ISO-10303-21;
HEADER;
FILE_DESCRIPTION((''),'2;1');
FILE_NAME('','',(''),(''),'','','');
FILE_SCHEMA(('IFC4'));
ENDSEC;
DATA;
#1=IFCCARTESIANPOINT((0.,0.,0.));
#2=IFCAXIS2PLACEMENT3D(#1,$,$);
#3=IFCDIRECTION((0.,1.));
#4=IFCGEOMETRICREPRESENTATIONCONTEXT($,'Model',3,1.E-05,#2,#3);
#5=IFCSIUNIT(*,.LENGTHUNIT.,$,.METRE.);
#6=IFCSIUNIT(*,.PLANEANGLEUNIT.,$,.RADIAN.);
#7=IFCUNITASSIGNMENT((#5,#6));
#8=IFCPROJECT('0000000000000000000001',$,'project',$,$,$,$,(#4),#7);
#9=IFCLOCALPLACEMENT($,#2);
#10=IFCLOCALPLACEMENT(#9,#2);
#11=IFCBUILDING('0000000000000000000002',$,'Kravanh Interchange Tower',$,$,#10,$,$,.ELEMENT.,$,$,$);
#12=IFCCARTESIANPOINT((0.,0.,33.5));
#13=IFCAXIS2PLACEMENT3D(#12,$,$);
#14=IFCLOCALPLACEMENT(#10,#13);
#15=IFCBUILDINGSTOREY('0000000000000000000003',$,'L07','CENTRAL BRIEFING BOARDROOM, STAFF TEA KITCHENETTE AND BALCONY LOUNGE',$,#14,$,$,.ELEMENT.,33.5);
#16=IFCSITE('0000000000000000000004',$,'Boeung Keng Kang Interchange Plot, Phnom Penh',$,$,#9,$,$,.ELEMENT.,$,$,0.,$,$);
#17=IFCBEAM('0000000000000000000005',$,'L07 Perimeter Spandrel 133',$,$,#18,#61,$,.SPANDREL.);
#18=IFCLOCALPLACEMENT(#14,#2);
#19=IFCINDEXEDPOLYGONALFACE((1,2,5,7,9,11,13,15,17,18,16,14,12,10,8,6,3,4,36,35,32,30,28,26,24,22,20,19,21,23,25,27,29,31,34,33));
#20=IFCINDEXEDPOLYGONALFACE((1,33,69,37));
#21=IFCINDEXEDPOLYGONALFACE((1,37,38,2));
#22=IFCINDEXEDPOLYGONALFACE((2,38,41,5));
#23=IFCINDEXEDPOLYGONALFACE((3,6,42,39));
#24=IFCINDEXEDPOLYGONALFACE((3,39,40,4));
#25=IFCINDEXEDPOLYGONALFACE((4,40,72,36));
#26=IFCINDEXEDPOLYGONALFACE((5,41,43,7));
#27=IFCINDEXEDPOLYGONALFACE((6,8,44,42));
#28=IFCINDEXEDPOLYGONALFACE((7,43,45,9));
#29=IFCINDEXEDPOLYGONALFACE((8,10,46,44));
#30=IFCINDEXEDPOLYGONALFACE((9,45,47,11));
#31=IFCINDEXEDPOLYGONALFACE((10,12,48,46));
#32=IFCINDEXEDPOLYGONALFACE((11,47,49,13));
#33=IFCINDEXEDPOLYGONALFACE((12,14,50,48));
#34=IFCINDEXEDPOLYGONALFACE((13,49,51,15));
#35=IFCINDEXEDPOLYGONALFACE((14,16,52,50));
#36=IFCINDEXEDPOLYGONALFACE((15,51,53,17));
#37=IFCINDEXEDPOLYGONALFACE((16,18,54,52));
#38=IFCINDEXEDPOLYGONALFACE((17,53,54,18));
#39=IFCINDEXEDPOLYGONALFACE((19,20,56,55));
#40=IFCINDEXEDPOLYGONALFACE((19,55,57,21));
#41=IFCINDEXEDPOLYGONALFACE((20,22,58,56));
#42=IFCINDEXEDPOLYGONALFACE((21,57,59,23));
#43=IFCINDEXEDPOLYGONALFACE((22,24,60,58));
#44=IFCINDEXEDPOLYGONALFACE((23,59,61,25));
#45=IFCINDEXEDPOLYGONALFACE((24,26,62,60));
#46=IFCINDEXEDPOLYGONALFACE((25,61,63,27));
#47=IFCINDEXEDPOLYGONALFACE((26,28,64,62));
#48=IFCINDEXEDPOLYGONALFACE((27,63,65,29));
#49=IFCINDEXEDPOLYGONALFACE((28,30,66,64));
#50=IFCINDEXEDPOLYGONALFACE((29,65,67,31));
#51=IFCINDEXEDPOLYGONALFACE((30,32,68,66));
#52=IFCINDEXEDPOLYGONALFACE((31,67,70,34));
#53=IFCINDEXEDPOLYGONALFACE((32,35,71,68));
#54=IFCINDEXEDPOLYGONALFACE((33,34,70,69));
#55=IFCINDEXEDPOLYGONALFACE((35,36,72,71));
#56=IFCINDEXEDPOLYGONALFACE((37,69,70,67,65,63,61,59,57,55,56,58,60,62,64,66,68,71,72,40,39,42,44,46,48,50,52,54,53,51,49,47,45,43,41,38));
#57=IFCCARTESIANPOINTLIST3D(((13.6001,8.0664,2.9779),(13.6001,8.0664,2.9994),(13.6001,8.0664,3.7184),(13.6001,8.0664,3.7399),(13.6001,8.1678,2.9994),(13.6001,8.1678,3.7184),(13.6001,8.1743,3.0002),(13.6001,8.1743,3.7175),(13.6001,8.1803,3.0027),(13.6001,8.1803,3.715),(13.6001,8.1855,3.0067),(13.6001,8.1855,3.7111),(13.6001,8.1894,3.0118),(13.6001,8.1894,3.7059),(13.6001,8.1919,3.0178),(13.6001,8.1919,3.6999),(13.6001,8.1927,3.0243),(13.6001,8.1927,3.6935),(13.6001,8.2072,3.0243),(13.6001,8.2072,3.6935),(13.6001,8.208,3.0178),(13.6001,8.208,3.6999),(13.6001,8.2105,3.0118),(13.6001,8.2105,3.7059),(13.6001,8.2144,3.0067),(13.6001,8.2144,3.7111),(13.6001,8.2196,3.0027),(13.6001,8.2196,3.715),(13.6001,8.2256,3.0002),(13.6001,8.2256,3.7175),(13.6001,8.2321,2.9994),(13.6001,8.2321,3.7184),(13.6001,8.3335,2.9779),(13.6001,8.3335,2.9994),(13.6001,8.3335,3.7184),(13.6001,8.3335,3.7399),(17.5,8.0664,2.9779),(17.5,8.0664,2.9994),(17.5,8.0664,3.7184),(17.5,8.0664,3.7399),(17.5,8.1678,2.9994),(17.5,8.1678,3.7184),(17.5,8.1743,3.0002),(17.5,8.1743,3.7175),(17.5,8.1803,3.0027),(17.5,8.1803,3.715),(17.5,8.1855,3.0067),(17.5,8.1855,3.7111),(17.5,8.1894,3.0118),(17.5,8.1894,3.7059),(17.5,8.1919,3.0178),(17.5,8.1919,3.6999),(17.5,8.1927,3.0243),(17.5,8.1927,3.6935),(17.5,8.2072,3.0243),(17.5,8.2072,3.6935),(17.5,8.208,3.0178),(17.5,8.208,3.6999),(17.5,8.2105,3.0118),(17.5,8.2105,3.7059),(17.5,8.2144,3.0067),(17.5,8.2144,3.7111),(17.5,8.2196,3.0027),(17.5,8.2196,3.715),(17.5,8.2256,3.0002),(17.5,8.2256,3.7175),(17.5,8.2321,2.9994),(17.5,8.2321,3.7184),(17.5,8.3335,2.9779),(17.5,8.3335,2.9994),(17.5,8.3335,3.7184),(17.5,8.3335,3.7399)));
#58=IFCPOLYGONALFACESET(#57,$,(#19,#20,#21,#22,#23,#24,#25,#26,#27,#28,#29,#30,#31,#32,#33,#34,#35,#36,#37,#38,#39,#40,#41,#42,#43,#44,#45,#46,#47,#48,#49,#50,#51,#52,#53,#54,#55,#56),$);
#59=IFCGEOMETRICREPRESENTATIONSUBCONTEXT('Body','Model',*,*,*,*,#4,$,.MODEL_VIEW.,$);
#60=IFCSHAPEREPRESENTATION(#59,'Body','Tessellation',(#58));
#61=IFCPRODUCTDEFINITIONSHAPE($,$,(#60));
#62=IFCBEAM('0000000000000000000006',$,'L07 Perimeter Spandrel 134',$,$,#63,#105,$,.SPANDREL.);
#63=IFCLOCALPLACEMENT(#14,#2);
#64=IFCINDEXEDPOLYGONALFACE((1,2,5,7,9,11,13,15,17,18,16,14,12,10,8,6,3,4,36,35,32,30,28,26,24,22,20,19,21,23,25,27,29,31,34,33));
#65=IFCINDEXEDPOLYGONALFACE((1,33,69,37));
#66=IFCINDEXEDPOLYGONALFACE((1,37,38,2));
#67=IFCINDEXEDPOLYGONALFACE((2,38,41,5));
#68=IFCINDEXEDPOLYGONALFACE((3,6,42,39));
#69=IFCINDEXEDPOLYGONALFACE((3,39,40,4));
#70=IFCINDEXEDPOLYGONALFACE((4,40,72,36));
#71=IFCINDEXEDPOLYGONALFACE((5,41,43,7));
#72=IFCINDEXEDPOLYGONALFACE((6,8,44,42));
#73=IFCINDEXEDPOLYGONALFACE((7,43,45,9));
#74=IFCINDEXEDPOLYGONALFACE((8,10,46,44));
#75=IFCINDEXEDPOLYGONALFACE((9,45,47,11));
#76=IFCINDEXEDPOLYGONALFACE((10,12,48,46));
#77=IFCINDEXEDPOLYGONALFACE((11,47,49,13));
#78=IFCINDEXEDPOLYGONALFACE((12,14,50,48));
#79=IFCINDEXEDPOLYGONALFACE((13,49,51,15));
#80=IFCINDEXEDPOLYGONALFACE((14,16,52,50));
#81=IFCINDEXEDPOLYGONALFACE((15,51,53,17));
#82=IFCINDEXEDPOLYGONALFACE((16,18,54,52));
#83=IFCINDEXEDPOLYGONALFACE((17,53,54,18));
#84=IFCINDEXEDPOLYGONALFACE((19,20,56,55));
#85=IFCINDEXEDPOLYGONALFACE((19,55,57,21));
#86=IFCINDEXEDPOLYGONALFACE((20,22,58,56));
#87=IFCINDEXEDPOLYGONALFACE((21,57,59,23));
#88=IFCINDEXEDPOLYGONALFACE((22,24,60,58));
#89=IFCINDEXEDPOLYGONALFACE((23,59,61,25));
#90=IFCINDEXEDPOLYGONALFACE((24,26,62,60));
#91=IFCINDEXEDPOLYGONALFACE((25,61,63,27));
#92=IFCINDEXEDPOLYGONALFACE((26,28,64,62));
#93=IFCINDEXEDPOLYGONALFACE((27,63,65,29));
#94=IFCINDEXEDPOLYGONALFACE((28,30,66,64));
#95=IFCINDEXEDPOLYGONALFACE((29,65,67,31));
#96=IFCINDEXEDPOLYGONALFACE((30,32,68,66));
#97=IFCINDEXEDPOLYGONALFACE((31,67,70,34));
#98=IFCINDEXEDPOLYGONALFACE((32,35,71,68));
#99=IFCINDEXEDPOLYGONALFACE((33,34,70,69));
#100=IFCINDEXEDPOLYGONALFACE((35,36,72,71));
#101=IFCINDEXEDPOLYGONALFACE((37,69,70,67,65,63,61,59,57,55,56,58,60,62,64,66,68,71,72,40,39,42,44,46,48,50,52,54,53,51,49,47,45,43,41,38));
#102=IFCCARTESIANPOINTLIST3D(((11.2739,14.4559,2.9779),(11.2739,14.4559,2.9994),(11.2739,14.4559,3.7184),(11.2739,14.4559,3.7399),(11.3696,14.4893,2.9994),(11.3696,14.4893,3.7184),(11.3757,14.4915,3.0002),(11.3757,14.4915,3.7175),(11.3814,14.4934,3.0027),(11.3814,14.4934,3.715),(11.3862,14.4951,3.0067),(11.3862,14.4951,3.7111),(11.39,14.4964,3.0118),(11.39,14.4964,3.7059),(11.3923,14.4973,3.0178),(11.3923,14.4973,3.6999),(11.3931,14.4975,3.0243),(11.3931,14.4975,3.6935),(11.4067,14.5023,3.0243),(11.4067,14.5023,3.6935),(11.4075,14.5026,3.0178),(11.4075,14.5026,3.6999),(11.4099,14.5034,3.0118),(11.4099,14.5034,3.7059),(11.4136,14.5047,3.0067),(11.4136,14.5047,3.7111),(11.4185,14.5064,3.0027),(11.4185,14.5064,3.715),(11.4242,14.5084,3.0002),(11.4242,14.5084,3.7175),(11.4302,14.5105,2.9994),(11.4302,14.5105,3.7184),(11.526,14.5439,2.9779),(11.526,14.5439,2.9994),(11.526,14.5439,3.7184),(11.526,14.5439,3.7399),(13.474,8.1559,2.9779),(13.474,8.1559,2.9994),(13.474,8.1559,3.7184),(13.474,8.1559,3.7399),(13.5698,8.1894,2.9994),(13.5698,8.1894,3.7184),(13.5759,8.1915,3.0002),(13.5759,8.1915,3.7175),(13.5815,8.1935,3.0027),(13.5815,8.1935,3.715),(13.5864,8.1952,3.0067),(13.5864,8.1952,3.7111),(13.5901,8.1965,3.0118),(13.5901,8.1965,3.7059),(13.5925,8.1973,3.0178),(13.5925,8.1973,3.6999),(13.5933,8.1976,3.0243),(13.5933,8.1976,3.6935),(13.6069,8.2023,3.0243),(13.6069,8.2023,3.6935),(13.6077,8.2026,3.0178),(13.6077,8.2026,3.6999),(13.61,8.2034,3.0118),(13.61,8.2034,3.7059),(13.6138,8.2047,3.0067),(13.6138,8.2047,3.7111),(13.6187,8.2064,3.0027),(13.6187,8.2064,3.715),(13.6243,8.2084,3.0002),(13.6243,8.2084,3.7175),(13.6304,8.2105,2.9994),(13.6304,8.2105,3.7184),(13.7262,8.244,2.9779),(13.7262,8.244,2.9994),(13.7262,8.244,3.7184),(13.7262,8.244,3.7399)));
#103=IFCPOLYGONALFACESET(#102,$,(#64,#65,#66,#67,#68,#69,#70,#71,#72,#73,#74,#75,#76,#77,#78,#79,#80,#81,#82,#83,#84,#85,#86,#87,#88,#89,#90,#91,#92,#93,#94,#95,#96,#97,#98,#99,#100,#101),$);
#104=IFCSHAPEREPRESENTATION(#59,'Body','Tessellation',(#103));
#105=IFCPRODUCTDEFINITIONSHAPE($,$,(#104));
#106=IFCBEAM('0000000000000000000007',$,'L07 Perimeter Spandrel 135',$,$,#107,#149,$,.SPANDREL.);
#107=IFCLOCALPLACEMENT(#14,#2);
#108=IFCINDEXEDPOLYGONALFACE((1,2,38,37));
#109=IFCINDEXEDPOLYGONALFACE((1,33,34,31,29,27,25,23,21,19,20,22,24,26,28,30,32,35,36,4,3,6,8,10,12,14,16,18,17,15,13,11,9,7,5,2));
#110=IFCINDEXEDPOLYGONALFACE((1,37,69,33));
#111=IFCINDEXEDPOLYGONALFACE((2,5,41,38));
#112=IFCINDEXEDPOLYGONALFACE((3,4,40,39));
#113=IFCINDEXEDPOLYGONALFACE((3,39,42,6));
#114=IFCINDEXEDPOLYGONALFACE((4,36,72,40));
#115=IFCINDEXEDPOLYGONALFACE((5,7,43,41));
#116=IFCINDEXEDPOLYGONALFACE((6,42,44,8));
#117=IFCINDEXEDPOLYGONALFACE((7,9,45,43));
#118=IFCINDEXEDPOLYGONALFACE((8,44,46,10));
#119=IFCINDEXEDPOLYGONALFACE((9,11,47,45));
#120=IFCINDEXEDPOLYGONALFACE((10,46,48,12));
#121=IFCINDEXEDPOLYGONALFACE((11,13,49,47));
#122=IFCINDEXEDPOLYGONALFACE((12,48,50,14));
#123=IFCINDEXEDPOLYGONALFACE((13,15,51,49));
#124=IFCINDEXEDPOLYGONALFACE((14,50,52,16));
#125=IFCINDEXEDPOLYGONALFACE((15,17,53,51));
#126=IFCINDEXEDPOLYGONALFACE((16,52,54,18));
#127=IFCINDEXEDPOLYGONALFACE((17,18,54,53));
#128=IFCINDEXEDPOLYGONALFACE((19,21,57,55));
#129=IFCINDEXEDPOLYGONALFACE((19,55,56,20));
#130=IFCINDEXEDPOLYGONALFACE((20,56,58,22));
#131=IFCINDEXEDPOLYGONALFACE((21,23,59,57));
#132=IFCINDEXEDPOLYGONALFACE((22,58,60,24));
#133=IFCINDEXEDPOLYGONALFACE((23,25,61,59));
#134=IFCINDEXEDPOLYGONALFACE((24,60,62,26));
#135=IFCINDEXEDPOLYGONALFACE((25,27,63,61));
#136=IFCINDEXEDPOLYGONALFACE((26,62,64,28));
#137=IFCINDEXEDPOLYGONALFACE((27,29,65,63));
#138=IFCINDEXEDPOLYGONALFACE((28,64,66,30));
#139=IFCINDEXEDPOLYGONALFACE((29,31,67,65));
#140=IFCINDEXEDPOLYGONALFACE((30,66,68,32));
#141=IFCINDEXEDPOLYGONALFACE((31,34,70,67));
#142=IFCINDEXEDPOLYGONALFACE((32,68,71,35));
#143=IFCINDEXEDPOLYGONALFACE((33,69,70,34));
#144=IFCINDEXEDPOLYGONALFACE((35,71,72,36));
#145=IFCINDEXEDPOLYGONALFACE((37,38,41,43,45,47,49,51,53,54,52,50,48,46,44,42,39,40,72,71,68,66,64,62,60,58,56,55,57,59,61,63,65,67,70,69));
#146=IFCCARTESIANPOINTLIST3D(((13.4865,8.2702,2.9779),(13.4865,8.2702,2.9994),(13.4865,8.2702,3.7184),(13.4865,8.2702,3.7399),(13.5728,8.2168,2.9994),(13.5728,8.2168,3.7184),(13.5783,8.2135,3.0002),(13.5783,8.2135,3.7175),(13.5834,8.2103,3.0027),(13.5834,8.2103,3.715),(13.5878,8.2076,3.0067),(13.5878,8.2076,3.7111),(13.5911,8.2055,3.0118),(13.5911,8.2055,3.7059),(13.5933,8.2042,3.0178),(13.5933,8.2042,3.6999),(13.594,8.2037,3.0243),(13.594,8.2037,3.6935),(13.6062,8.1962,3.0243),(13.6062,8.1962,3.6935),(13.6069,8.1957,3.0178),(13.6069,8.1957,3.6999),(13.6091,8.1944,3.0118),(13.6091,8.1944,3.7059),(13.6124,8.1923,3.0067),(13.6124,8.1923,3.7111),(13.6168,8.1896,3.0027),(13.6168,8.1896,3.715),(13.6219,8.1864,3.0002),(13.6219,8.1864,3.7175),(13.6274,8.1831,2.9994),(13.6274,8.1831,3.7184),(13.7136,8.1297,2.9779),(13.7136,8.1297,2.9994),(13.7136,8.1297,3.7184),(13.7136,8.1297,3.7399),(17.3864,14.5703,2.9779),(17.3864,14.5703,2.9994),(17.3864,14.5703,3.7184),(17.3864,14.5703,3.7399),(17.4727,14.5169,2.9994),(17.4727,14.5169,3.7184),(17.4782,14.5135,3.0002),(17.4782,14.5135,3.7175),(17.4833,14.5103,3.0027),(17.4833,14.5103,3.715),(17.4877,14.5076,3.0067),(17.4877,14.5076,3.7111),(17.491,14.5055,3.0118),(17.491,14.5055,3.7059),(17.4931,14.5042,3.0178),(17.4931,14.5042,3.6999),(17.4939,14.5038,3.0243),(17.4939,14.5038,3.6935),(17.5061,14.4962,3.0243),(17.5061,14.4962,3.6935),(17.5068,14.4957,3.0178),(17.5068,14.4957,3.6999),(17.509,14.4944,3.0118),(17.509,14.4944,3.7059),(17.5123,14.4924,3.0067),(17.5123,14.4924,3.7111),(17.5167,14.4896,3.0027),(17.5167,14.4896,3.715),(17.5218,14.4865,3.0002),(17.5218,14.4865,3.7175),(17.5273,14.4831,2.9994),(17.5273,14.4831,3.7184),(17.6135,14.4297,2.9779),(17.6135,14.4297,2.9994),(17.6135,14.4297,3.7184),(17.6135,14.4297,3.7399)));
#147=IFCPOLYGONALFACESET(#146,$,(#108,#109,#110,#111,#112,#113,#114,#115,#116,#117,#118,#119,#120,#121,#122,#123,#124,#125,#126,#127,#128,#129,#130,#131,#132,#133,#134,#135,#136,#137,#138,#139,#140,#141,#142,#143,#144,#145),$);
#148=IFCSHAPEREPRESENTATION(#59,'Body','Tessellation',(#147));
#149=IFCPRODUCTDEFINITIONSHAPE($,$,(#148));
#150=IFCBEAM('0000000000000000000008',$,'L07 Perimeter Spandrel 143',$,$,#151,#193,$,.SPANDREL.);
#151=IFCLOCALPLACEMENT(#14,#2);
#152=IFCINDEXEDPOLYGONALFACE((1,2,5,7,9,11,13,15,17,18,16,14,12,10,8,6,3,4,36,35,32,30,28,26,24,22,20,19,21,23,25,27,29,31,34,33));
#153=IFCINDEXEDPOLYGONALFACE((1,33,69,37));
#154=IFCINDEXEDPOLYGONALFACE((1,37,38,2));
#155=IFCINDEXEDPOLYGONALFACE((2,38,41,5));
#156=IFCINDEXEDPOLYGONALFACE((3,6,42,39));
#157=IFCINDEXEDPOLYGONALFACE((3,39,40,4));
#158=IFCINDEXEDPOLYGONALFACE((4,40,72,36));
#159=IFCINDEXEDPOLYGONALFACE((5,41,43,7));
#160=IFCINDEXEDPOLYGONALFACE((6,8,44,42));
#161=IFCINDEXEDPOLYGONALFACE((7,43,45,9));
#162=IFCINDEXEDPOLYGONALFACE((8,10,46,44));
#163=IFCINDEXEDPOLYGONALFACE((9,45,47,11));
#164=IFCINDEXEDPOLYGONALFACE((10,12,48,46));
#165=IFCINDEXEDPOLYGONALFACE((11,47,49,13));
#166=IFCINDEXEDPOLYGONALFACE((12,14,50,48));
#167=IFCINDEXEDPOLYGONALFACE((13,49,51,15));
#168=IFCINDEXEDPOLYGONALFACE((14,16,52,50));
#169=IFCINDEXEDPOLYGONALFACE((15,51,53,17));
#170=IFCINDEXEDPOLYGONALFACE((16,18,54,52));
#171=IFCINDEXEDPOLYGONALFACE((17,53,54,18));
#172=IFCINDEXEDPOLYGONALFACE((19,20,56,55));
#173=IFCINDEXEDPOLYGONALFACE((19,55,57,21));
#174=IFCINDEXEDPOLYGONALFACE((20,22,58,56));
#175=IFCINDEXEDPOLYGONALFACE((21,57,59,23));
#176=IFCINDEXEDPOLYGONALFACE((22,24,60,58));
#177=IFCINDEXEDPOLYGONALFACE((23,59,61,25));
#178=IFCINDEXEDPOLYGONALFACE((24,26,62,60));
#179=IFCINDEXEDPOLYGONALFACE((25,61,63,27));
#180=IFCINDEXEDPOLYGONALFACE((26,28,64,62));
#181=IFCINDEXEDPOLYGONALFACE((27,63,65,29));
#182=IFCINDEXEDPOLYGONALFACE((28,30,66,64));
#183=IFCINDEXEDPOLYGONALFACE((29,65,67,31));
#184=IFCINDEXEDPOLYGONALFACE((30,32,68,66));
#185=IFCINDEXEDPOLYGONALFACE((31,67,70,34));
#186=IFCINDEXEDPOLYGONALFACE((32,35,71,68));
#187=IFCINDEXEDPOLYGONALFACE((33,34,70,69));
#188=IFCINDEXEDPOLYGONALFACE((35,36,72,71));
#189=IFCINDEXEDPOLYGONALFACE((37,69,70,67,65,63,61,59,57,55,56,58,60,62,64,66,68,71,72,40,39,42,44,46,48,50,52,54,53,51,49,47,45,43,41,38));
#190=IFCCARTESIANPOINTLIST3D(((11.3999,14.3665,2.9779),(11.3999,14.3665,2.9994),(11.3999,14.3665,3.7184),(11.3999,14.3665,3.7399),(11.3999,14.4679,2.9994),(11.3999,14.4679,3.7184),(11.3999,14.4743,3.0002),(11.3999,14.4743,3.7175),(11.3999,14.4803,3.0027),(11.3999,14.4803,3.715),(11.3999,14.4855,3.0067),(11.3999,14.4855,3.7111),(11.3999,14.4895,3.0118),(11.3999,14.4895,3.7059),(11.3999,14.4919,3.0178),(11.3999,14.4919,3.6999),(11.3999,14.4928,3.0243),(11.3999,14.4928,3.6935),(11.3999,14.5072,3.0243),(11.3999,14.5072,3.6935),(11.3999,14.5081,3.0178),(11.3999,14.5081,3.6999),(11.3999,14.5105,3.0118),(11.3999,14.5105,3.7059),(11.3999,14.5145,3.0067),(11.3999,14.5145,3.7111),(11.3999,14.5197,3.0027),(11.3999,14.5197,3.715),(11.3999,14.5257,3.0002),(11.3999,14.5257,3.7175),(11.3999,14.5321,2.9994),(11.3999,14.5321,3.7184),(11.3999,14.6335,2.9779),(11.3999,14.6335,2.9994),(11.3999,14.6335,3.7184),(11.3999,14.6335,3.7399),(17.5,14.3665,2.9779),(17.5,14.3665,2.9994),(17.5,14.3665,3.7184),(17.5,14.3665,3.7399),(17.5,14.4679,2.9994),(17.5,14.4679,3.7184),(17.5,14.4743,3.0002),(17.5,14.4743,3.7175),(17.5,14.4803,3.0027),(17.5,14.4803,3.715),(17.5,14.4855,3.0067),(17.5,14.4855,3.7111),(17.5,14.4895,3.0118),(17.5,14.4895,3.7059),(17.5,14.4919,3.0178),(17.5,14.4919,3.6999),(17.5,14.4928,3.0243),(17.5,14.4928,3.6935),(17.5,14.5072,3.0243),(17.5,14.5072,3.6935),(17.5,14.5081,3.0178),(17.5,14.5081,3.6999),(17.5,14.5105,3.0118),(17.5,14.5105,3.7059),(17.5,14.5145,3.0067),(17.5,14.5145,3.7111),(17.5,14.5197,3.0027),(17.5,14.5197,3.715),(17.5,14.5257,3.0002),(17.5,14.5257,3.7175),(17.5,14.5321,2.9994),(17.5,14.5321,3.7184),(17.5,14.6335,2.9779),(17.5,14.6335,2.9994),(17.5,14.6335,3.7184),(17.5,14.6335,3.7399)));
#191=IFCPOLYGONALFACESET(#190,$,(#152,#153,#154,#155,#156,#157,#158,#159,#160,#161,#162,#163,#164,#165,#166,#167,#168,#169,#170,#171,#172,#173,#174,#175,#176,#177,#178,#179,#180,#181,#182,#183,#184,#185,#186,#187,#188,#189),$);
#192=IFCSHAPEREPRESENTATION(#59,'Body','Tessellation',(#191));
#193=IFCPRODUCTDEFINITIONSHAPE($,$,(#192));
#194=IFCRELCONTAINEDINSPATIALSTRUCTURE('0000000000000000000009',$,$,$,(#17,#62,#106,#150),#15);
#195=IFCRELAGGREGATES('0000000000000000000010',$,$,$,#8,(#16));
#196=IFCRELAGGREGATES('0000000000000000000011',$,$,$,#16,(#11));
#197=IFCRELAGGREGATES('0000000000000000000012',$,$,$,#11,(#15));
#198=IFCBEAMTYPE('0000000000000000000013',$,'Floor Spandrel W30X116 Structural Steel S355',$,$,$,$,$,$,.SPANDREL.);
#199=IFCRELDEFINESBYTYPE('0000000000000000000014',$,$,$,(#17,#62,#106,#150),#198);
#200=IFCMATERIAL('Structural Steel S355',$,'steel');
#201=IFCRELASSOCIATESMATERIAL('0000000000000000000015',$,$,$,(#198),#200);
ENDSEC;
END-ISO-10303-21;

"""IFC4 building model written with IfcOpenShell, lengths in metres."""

from ifc_helpers import new_model, si_unit, direction, frame, origin, origin_2d, place, context, subcontext, project, spatial, i_section, extrude, material, material_profile, profile_set, type_object, element, save


model = new_model("IFC4")

# Units and contexts
model_context = context("Model", 3, precision=1e-05, world=origin(), true_north=direction((0.0, 1.0)))
body_context = subcontext(model_context, "Body", "Model", "MODEL_VIEW")
ifc_project = project(units=[si_unit("LENGTHUNIT", "METRE"), si_unit("PLANEANGLEUNIT", "RADIAN")], contexts=[model_context])

# Site, building, storey
site_placement = place(None, origin())
site = spatial("IfcSite", under=ifc_project, at=site_placement, Name="Boeung Keng Kang Interchange Plot, Phnom Penh", CompositionType="ELEMENT", RefElevation=0.0)
building_placement = place(site_placement, origin())
building = spatial("IfcBuilding", under=site, at=building_placement, Name="Kravanh Interchange Tower", CompositionType="ELEMENT")
storey_placement = place(building_placement, frame((0.0, 0.0, 33.5)))
storey = spatial("IfcBuildingStorey", under=building, at=storey_placement, Name="L07", Description="CENTRAL BRIEFING BOARDROOM, STAFF TEA KITCHENETTE AND BALCONY LOUNGE", CompositionType="ELEMENT", Elevation=33.5)

# Beams
ifc_material_1 = material(Name="Structural Steel S355", Category="steel")
ifc_material_profile_1 = material_profile(ifc_material_1, i_section(OverallWidth=0.2671, OverallDepth=0.762, WebThickness=0.0144, FlangeThickness=0.0215, FilletRadius=0.0249, at=origin_2d()), Name="W30X116")
ifc_profile_set_1 = profile_set([ifc_material_profile_1], Name="Structural Steel S355")
beam_type_1 = type_object("IfcBeamType", Name="Floor Spandrel W30X116 Structural Steel S355", PredefinedType="SPANDREL", material=ifc_profile_set_1)
beam_1_placement = place(storey_placement, frame((13.6001, 8.2, 3.3589), z_axis=(1.0, 0.0, 0.0), x_axis=(0.0, 1.0, 0.0)))
element("IfcBeam", 1, at=beam_1_placement, inside=storey, type_object=beam_type_1, Name="L07 Perimeter Spandrel 133", PredefinedType="SPANDREL", context=body_context, shape_type="SweptSolid", body=[
    extrude(i_section(OverallWidth=0.2671, OverallDepth=0.762, WebThickness=0.0144, FlangeThickness=0.0215, FilletRadius=0.0249, at=origin_2d()), origin(), (0.0, 0.0, 1.0), 3.8999),
])
beam_2_placement = place(storey_placement, frame((13.6001, 8.2, 3.3589), z_axis=(-0.329707, 0.944083, 0.0), x_axis=(-0.944083, -0.329707, 0.0)))
element("IfcBeam", 2, at=beam_2_placement, inside=storey, type_object=beam_type_1, Name="L07 Perimeter Spandrel 134", PredefinedType="SPANDREL", context=body_context, shape_type="SweptSolid", body=[
    extrude(i_section(OverallWidth=0.2671, OverallDepth=0.762, WebThickness=0.0144, FlangeThickness=0.0215, FilletRadius=0.0249, at=origin_2d()), origin(), (0.0, 0.0, 1.0), 6.6731),
])
beam_3_placement = place(storey_placement, frame((13.6001, 8.2, 3.3589), z_axis=(0.526342, 0.850273, 0.0), x_axis=(-0.850273, 0.526342, 0.0)))
element("IfcBeam", 3, at=beam_3_placement, inside=storey, type_object=beam_type_1, Name="L07 Perimeter Spandrel 135", PredefinedType="SPANDREL", context=body_context, shape_type="SweptSolid", body=[
    extrude(i_section(OverallWidth=0.2671, OverallDepth=0.762, WebThickness=0.0144, FlangeThickness=0.0215, FilletRadius=0.0249, at=origin_2d()), origin(), (0.0, 0.0, 1.0), 7.4094),
])
beam_4_placement = place(storey_placement, frame((11.3999, 14.5, 3.3589), z_axis=(1.0, 0.0, 0.0), x_axis=(0.0, 1.0, 0.0)))
element("IfcBeam", 4, at=beam_4_placement, inside=storey, type_object=beam_type_1, Name="L07 Perimeter Spandrel 143", PredefinedType="SPANDREL", context=body_context, shape_type="SweptSolid", body=[
    extrude(i_section(OverallWidth=0.2671, OverallDepth=0.762, WebThickness=0.0144, FlangeThickness=0.0215, FilletRadius=0.0249, at=origin_2d()), origin(), (0.0, 0.0, 1.0), 6.1001),
])

save(model, "model.ifc")
